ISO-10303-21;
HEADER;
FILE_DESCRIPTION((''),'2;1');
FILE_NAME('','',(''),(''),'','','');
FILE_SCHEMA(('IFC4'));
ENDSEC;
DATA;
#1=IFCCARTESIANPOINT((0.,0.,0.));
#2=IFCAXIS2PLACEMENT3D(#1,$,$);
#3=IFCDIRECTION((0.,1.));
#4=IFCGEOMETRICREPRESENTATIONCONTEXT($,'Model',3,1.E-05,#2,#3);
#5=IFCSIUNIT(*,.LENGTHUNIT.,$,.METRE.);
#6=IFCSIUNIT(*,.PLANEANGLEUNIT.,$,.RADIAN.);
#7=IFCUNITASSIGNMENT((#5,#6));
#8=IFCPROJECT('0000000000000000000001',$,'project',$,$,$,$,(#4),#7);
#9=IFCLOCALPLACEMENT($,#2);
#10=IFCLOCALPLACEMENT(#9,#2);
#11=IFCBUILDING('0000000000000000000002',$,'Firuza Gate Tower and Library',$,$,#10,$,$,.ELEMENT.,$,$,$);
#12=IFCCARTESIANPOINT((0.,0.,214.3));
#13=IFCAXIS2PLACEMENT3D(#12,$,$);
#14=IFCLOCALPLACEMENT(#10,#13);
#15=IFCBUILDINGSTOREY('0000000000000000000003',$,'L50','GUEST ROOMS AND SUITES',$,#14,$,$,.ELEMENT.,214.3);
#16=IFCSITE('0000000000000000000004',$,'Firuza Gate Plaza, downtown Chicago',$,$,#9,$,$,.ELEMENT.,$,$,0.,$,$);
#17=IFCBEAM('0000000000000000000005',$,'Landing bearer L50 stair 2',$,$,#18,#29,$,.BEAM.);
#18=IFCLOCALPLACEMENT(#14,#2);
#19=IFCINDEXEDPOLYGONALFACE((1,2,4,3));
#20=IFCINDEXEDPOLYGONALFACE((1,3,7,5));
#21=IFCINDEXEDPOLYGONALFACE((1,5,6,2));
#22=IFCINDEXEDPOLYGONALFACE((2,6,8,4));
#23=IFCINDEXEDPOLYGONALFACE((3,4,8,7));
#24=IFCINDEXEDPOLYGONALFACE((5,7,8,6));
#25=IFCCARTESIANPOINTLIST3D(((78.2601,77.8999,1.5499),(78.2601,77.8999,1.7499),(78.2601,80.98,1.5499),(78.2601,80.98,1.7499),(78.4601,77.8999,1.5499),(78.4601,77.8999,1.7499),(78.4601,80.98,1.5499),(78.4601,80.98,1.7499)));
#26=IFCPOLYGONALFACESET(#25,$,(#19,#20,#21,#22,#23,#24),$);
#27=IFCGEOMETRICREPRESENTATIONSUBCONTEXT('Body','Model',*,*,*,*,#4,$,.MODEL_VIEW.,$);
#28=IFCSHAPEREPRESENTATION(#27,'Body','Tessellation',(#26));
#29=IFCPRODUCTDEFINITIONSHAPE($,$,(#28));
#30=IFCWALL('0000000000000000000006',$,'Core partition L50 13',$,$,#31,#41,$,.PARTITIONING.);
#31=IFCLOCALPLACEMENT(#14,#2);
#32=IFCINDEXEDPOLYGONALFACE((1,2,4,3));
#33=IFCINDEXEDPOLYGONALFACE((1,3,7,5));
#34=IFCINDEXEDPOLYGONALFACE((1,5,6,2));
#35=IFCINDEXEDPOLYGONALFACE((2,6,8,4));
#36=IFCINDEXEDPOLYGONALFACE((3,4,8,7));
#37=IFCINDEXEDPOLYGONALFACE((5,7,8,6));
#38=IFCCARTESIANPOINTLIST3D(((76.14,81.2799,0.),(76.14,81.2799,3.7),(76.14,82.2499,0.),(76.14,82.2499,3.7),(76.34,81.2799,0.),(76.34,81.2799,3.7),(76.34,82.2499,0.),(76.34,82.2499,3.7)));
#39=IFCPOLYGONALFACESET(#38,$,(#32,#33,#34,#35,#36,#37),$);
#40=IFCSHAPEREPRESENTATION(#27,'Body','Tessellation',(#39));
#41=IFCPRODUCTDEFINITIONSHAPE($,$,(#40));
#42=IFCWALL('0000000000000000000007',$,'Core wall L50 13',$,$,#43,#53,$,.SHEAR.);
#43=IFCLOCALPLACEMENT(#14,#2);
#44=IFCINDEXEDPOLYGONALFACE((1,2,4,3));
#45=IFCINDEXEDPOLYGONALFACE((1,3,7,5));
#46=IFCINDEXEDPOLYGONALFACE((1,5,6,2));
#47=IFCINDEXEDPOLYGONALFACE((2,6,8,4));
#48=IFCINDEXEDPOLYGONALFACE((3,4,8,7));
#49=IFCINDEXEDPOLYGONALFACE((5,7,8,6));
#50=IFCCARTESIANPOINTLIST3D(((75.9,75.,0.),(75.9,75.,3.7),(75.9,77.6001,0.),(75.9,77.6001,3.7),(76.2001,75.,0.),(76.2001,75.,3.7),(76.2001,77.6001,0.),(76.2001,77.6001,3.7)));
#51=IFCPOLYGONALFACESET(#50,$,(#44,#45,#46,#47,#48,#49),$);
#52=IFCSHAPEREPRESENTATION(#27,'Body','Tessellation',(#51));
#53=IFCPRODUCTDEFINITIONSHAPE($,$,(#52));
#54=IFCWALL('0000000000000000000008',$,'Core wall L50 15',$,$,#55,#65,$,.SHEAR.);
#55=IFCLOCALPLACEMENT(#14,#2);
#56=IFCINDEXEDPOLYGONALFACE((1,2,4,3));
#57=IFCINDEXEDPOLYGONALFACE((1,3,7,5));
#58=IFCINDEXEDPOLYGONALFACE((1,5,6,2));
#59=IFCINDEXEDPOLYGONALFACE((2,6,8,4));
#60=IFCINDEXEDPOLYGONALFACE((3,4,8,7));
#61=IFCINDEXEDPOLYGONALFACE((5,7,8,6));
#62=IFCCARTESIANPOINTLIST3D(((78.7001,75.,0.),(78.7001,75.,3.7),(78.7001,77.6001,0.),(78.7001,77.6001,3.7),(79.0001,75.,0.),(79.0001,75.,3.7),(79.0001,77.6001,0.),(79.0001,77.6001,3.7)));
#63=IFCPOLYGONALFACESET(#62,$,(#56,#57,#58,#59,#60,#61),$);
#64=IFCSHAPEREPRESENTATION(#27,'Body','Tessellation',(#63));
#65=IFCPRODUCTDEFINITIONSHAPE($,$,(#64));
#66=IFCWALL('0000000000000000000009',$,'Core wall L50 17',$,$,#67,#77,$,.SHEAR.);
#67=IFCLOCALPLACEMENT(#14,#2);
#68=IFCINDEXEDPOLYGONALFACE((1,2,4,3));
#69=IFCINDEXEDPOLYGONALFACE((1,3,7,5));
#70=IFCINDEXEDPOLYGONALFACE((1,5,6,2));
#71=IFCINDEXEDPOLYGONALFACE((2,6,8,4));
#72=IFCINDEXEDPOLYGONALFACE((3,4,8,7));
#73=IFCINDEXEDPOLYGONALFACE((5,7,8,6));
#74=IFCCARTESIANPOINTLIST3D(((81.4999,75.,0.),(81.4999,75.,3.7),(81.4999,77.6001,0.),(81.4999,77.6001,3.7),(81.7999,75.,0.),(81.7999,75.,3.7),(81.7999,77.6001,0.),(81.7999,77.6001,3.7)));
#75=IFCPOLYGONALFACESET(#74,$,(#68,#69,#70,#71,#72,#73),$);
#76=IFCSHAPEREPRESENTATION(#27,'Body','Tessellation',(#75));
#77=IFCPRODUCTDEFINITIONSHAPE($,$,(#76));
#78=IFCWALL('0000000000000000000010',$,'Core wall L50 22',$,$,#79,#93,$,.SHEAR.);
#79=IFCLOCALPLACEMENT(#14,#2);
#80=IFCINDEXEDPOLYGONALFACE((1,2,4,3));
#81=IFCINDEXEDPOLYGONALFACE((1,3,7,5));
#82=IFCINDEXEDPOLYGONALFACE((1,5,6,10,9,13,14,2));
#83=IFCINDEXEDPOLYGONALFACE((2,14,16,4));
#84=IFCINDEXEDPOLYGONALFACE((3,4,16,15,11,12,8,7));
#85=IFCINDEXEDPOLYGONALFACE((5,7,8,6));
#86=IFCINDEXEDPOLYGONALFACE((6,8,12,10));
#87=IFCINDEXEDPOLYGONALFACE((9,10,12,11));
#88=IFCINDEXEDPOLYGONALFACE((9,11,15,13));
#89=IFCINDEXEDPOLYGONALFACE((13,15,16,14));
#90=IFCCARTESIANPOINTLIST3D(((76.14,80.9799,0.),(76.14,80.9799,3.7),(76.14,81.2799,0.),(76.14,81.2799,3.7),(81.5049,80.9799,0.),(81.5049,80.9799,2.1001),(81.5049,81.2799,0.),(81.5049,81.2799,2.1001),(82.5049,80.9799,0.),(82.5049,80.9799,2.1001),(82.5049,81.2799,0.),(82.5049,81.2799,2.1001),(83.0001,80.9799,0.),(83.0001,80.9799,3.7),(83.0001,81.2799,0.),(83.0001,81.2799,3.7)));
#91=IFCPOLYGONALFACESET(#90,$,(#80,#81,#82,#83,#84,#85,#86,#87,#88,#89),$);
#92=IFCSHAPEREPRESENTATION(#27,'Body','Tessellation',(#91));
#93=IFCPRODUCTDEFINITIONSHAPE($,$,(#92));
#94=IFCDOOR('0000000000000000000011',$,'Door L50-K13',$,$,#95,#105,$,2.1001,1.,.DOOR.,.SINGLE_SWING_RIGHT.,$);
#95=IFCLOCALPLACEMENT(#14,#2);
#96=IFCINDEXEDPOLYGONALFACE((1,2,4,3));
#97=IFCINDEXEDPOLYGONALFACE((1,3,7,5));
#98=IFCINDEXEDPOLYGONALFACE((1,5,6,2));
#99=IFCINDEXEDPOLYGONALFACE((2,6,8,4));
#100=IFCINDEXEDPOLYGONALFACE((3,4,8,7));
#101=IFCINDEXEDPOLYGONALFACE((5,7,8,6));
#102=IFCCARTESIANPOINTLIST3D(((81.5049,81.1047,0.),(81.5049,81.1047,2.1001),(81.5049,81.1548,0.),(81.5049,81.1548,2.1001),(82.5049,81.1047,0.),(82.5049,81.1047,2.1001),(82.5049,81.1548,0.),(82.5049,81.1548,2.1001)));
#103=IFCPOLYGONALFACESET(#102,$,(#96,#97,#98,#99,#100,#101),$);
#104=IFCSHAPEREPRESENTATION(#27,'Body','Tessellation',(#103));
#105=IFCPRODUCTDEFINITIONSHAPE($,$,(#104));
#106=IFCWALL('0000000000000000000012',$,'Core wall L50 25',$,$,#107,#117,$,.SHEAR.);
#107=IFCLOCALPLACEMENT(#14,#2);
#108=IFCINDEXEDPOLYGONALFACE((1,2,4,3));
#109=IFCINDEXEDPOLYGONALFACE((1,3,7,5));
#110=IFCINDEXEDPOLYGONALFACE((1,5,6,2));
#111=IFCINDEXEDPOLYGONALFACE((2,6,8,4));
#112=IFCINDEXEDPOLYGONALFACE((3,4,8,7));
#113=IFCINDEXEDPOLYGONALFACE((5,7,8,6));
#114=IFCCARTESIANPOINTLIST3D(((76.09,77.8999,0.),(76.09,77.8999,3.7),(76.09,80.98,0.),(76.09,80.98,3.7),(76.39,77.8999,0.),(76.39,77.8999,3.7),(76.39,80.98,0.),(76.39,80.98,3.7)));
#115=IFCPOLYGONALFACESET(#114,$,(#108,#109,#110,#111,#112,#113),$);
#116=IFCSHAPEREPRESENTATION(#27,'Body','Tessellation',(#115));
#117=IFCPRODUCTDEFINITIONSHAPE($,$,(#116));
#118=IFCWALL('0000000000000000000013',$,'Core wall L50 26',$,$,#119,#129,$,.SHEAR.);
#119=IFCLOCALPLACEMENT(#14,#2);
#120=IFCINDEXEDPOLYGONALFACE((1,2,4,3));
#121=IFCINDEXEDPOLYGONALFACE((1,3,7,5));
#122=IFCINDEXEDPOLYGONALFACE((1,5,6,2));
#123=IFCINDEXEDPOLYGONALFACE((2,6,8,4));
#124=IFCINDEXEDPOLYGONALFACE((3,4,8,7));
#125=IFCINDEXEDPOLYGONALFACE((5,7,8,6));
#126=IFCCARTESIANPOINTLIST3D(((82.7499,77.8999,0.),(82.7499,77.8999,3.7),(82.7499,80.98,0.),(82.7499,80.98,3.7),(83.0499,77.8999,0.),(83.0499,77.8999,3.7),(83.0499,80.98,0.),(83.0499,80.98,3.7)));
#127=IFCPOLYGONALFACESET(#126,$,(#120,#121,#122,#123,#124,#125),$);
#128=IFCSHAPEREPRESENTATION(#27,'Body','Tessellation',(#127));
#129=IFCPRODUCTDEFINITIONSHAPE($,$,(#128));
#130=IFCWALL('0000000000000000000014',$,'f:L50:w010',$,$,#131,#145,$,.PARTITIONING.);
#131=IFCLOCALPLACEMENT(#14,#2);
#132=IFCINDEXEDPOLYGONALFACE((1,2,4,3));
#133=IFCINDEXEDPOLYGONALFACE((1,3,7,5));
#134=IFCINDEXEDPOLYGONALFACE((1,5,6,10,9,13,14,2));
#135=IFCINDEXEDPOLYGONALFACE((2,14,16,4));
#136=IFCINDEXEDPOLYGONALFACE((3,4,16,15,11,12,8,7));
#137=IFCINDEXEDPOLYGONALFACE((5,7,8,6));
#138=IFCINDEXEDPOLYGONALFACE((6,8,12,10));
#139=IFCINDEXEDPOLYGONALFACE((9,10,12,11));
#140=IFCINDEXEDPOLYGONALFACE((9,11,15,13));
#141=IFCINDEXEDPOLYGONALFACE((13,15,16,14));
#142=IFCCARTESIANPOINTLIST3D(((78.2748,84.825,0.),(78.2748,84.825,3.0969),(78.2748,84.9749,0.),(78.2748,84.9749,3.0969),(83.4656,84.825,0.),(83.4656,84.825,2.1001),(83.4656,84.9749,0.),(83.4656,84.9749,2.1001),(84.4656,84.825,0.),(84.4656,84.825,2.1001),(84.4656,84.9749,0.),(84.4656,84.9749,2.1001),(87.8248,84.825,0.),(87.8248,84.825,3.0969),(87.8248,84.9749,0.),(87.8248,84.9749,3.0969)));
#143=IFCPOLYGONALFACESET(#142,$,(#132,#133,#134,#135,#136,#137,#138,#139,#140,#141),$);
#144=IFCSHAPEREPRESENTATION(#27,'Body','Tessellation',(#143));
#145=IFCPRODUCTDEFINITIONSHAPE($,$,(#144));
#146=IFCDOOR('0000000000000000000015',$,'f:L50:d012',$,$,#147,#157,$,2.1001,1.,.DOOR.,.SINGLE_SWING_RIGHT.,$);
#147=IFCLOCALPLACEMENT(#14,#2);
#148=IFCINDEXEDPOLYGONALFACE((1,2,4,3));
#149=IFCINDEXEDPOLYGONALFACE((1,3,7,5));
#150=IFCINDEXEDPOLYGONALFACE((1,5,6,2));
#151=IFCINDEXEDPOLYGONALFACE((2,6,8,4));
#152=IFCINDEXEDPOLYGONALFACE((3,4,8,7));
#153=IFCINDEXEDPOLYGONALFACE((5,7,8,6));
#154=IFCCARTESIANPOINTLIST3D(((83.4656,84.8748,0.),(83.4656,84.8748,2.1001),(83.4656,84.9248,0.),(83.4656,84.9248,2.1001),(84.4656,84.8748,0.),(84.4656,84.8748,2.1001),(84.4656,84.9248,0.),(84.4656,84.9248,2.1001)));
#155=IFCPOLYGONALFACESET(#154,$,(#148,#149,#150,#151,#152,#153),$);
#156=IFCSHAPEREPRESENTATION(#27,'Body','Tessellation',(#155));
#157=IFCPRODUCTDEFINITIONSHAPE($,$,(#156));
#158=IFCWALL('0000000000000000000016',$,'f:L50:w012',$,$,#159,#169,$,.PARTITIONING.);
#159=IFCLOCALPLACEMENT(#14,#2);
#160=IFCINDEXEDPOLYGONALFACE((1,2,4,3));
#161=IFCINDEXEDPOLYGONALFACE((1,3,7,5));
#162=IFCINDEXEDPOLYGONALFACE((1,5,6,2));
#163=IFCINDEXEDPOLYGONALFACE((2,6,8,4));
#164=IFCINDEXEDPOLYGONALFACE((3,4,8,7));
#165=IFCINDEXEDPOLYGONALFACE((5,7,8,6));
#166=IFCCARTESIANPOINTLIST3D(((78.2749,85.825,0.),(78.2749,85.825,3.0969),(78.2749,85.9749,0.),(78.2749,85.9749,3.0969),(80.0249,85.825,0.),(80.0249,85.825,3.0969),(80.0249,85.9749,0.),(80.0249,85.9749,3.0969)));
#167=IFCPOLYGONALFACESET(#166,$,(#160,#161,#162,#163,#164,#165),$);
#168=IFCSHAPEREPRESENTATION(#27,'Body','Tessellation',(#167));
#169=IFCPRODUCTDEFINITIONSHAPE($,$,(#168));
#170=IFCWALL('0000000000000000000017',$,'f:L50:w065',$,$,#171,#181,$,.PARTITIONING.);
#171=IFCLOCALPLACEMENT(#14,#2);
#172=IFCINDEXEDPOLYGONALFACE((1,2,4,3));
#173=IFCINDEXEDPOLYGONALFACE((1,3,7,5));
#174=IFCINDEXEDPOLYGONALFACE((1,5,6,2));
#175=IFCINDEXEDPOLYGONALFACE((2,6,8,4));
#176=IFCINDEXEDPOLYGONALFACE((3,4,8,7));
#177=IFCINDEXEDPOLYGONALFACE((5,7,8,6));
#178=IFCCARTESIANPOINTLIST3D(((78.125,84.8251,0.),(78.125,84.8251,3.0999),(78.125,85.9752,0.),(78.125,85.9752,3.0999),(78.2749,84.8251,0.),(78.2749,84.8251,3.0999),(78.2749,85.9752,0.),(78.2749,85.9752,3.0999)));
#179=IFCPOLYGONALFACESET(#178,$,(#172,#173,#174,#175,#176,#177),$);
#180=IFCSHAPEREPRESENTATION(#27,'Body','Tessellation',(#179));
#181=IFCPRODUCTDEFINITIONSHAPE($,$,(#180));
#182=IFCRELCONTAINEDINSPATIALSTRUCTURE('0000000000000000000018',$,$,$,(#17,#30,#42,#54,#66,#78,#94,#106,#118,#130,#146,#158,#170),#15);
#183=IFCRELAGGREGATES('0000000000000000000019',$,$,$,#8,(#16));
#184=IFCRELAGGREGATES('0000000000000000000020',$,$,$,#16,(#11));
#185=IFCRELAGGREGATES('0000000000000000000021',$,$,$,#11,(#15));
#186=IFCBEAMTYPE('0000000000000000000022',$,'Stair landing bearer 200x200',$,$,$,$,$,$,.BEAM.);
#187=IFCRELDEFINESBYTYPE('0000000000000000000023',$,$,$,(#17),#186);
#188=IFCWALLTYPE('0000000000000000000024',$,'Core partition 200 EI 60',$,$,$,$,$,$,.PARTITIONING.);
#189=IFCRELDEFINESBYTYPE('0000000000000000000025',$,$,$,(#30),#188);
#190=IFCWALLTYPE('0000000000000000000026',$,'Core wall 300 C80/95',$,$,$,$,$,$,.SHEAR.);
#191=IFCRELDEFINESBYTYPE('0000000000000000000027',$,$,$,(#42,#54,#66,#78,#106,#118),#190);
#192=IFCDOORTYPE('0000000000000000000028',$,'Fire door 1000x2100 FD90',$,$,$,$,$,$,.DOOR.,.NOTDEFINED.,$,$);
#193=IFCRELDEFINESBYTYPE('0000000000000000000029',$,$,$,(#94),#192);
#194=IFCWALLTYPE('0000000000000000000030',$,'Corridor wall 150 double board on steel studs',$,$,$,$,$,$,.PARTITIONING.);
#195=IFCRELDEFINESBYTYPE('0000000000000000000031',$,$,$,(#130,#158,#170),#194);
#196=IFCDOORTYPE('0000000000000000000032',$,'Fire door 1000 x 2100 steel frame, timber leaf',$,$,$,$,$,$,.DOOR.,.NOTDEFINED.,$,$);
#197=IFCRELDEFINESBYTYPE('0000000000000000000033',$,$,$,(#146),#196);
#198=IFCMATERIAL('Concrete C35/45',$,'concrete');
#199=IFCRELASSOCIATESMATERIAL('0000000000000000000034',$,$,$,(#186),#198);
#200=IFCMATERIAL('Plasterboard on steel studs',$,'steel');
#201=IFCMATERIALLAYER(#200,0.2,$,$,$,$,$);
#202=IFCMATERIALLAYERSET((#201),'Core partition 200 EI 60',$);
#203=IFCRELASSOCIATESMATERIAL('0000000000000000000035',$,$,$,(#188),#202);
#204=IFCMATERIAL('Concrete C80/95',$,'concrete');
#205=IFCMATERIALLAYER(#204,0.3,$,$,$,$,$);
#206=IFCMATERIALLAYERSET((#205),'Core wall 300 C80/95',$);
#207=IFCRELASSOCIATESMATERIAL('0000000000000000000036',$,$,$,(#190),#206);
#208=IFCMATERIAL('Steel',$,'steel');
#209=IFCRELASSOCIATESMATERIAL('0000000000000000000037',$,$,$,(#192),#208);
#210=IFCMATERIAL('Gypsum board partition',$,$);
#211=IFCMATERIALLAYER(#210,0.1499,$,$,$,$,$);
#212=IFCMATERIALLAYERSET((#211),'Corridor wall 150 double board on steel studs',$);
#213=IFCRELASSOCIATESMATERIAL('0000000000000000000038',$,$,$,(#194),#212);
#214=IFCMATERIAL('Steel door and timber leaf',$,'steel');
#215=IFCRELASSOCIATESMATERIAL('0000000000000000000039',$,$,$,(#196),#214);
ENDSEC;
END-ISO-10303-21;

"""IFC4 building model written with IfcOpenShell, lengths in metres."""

from ifc_helpers import new_model, si_unit, direction, frame, frame_2d, origin, origin_2d, place, context, subcontext, project, spatial, rectangle, extrude, material, layer, layer_set, material_profile, profile_set, type_object, element, fill, save


model = new_model("IFC4")

# Units and contexts
model_context = context("Model", 3, precision=1e-05, world=origin(), true_north=direction((0.0, 1.0)))
body_context = subcontext(model_context, "Body", "Model", "MODEL_VIEW")
ifc_project = project(units=[si_unit("LENGTHUNIT", "METRE"), si_unit("PLANEANGLEUNIT", "RADIAN")], contexts=[model_context])

# Site, building, storey
site_placement = place(None, origin())
site = spatial("IfcSite", under=ifc_project, at=site_placement, Name="Firuza Gate Plaza, downtown Chicago", CompositionType="ELEMENT", RefElevation=0.0)
building_placement = place(site_placement, origin())
building = spatial("IfcBuilding", under=site, at=building_placement, Name="Firuza Gate Tower and Library", CompositionType="ELEMENT")
storey_placement = place(building_placement, frame((0.0, 0.0, 214.3)))
storey = spatial("IfcBuildingStorey", under=building, at=storey_placement, Name="L50", Description="GUEST ROOMS AND SUITES", CompositionType="ELEMENT", Elevation=214.3)

# Beam
ifc_material_1 = material(Name="Concrete C35/45", Category="concrete")
ifc_material_profile = material_profile(ifc_material_1, rectangle(XDim=0.2, YDim=0.2, at=origin_2d()))
ifc_profile_set = profile_set([ifc_material_profile], Name="Concrete C35/45")
beam_type = type_object("IfcBeamType", Name="Stair landing bearer 200x200", PredefinedType="BEAM", material=ifc_profile_set)
beam_placement = place(storey_placement, frame((78.3601, 80.98, 1.6499), z_axis=(0.0, -1.0, 0.0), x_axis=(1.0, 0.0, 0.0)))
element("IfcBeam", 1, at=beam_placement, inside=storey, type_object=beam_type, Name="Landing bearer L50 stair 2", PredefinedType="BEAM", context=body_context, shape_type="SweptSolid", body=[
    extrude(rectangle(XDim=0.2, YDim=0.2, at=origin_2d()), origin(), (0.0, 0.0, 1.0), 3.0801),
])

# Walls
ifc_material_2 = material(Name="Plasterboard on steel studs", Category="steel")
ifc_layer_1 = layer(ifc_material_2, 0.2)
ifc_layer_set_1 = layer_set([ifc_layer_1], Name="Core partition 200 EI 60")
wall_type_1 = type_object("IfcWallType", Name="Core partition 200 EI 60", PredefinedType="PARTITIONING", material=ifc_layer_set_1)
wall_1_placement = place(storey_placement, frame((76.24, 81.28, 0.0), z_axis=(0.0, 0.0, 1.0), x_axis=(0.0, 1.0, 0.0)))
element("IfcWall", 2, at=wall_1_placement, inside=storey, type_object=wall_type_1, Name="Core partition L50 13", PredefinedType="PARTITIONING", context=body_context, shape_type="SweptSolid", body=[
    extrude(rectangle(XDim=0.97, YDim=0.2, at=frame_2d((0.4849, 0.0))), origin(), (0.0, 0.0, 1.0), 3.7),
])
ifc_material_3 = material(Name="Concrete C80/95", Category="concrete")
ifc_layer_2 = layer(ifc_material_3, 0.3)
ifc_layer_set_2 = layer_set([ifc_layer_2], Name="Core wall 300 C80/95")
wall_type_2 = type_object("IfcWallType", Name="Core wall 300 C80/95", PredefinedType="SHEAR", material=ifc_layer_set_2)
for number, where, z_axis, x_axis, name in (
    (3, (76.05, 75.0, 0.0), (0.0, 0.0, 1.0), (0.0, 1.0, 0.0), "Core wall L50 13"),
    (4, (78.8501, 75.0, 0.0), (0.0, 0.0, 1.0), (0.0, 1.0, 0.0), "Core wall L50 15"),
    (5, (81.6499, 75.0, 0.0), (0.0, 0.0, 1.0), (0.0, 1.0, 0.0), "Core wall L50 17"),
):
    element("IfcWall", number, at=place(storey_placement, frame(where, z_axis=z_axis, x_axis=x_axis)), inside=storey, type_object=wall_type_2, Name=name, PredefinedType="SHEAR", context=body_context, shape_type="SweptSolid", body=[
        extrude(rectangle(XDim=2.6001, YDim=0.3, at=frame_2d((1.3, 0.0))), origin(), (0.0, 0.0, 1.0), 3.7),
    ])

# Wall, opening, door
wall_2_placement = place(storey_placement, frame((76.1399, 81.1299, 0.0), z_axis=(0.0, 0.0, 1.0), x_axis=(1.0, 0.0, 0.0)))
wall_2 = element("IfcWall", 6, at=wall_2_placement, inside=storey, type_object=wall_type_2, Name="Core wall L50 22", PredefinedType="SHEAR", context=body_context, shape_type="SweptSolid", body=[
    extrude(rectangle(XDim=6.8601, YDim=0.3, at=frame_2d((3.4302, 0.0))), origin(), (0.0, 0.0, 1.0), 3.7),
])
opening_1_placement = place(wall_2_placement, frame((5.365, 0.0, 0.0)))
opening_1 = element("IfcOpeningElement", 7, at=opening_1_placement, cuts=wall_2, PredefinedType="OPENING", context=body_context, shape_type="SweptSolid", body=[
    extrude(rectangle(XDim=1.0, YDim=2.1001, at=frame_2d((0.5, 1.05))), frame((0.0, 0.1602, 0.0), z_axis=(0.0, -1.0, 0.0), x_axis=(1.0, 0.0, 0.0)), (0.0, 0.0, 1.0), 0.3201),
])
ifc_material_4 = material(Name="Steel", Category="steel")
door_type_1 = type_object("IfcDoorType", Name="Fire door 1000x2100 FD90", OperationType="NOTDEFINED", PredefinedType="DOOR", material=ifc_material_4)
door_1_placement = place(opening_1_placement, origin())
door_1 = element("IfcDoor", 8, at=door_1_placement, inside=storey, type_object=door_type_1, Name="Door L50-K13", OperationType="SINGLE_SWING_RIGHT", OverallHeight=2.1001, OverallWidth=1.0, PredefinedType="DOOR", context=body_context, shape_type="SweptSolid", body=[
    extrude(rectangle(XDim=1.0, YDim=2.1001, at=frame_2d((0.5, 1.05))), frame((0.0, 0.0249, 0.0), z_axis=(0.0, -1.0, 0.0), x_axis=(1.0, 0.0, 0.0)), (0.0, 0.0, 1.0), 0.05),
])
fill(opening_1, door_1)

# Walls
for number, where, z_axis, x_axis, name in (
    (9, (76.24, 77.8999, 0.0), (0.0, 0.0, 1.0), (0.0, 1.0, 0.0), "Core wall L50 25"),
    (10, (82.8999, 77.8999, 0.0), (0.0, 0.0, 1.0), (0.0, 1.0, 0.0), "Core wall L50 26"),
):
    element("IfcWall", number, at=place(storey_placement, frame(where, z_axis=z_axis, x_axis=x_axis)), inside=storey, type_object=wall_type_2, Name=name, PredefinedType="SHEAR", context=body_context, shape_type="SweptSolid", body=[
        extrude(rectangle(XDim=3.0801, YDim=0.3, at=frame_2d((1.54, 0.0))), origin(), (0.0, 0.0, 1.0), 3.7),
    ])

# Wall, opening, door
ifc_material_5 = material(Name="Gypsum board partition")
ifc_layer_3 = layer(ifc_material_5, 0.1499)
ifc_layer_set_3 = layer_set([ifc_layer_3], Name="Corridor wall 150 double board on steel studs")
wall_type_3 = type_object("IfcWallType", Name="Corridor wall 150 double board on steel studs", PredefinedType="PARTITIONING", material=ifc_layer_set_3)
wall_3_placement = place(storey_placement, frame((78.2749, 84.8999, 0.0), z_axis=(0.0, 0.0, 1.0), x_axis=(1.0, 0.0, 0.0)))
wall_3 = element("IfcWall", 11, at=wall_3_placement, inside=storey, type_object=wall_type_3, Name="f:L50:w010", PredefinedType="PARTITIONING", context=body_context, shape_type="SweptSolid", body=[
    extrude(rectangle(XDim=9.55, YDim=0.1499, at=frame_2d((4.7749, 0.0))), origin(), (0.0, 0.0, 1.0), 3.0969),
])
opening_2_placement = place(wall_3_placement, frame((5.1907, 0.0, 0.0)))
opening_2 = element("IfcOpeningElement", 12, at=opening_2_placement, cuts=wall_3, PredefinedType="OPENING", context=body_context, shape_type="SweptSolid", body=[
    extrude(rectangle(XDim=1.0, YDim=2.1001, at=frame_2d((0.5, 1.05))), frame((0.0, 0.085, 0.0), z_axis=(0.0, -1.0, 0.0), x_axis=(1.0, 0.0, 0.0)), (0.0, 0.0, 1.0), 0.1699),
])
ifc_material_6 = material(Name="Steel door and timber leaf", Category="steel")
door_type_2 = type_object("IfcDoorType", Name="Fire door 1000 x 2100 steel frame, timber leaf", OperationType="NOTDEFINED", PredefinedType="DOOR", material=ifc_material_6)
door_2_placement = place(opening_2_placement, origin())
door_2 = element("IfcDoor", 13, at=door_2_placement, inside=storey, type_object=door_type_2, Name="f:L50:d012", OperationType="SINGLE_SWING_RIGHT", OverallHeight=2.1001, OverallWidth=1.0, PredefinedType="DOOR", context=body_context, shape_type="SweptSolid", body=[
    extrude(rectangle(XDim=1.0, YDim=2.1001, at=frame_2d((0.5, 1.05))), frame((0.0, 0.0249, 0.0), z_axis=(0.0, -1.0, 0.0), x_axis=(1.0, 0.0, 0.0)), (0.0, 0.0, 1.0), 0.05),
])
fill(opening_2, door_2)

# Walls
wall_4_placement = place(storey_placement, frame((78.2749, 85.8999, 0.0), z_axis=(0.0, 0.0, 1.0), x_axis=(1.0, 0.0, 0.0)))
element("IfcWall", 14, at=wall_4_placement, inside=storey, type_object=wall_type_3, Name="f:L50:w012", PredefinedType="PARTITIONING", context=body_context, shape_type="SweptSolid", body=[
    extrude(rectangle(XDim=1.75, YDim=0.1499, at=frame_2d((0.875, 0.0))), origin(), (0.0, 0.0, 1.0), 3.0969),
])
wall_5_placement = place(storey_placement, frame((78.2, 84.825, 0.0), z_axis=(0.0, 0.0, 1.0), x_axis=(0.0, 1.0, 0.0)))
element("IfcWall", 15, at=wall_5_placement, inside=storey, type_object=wall_type_3, Name="f:L50:w065", PredefinedType="PARTITIONING", context=body_context, shape_type="SweptSolid", body=[
    extrude(rectangle(XDim=1.1501, YDim=0.1499, at=frame_2d((0.5752, 0.0))), origin(), (0.0, 0.0, 1.0), 3.0999),
])

save(model, "model.ifc")
